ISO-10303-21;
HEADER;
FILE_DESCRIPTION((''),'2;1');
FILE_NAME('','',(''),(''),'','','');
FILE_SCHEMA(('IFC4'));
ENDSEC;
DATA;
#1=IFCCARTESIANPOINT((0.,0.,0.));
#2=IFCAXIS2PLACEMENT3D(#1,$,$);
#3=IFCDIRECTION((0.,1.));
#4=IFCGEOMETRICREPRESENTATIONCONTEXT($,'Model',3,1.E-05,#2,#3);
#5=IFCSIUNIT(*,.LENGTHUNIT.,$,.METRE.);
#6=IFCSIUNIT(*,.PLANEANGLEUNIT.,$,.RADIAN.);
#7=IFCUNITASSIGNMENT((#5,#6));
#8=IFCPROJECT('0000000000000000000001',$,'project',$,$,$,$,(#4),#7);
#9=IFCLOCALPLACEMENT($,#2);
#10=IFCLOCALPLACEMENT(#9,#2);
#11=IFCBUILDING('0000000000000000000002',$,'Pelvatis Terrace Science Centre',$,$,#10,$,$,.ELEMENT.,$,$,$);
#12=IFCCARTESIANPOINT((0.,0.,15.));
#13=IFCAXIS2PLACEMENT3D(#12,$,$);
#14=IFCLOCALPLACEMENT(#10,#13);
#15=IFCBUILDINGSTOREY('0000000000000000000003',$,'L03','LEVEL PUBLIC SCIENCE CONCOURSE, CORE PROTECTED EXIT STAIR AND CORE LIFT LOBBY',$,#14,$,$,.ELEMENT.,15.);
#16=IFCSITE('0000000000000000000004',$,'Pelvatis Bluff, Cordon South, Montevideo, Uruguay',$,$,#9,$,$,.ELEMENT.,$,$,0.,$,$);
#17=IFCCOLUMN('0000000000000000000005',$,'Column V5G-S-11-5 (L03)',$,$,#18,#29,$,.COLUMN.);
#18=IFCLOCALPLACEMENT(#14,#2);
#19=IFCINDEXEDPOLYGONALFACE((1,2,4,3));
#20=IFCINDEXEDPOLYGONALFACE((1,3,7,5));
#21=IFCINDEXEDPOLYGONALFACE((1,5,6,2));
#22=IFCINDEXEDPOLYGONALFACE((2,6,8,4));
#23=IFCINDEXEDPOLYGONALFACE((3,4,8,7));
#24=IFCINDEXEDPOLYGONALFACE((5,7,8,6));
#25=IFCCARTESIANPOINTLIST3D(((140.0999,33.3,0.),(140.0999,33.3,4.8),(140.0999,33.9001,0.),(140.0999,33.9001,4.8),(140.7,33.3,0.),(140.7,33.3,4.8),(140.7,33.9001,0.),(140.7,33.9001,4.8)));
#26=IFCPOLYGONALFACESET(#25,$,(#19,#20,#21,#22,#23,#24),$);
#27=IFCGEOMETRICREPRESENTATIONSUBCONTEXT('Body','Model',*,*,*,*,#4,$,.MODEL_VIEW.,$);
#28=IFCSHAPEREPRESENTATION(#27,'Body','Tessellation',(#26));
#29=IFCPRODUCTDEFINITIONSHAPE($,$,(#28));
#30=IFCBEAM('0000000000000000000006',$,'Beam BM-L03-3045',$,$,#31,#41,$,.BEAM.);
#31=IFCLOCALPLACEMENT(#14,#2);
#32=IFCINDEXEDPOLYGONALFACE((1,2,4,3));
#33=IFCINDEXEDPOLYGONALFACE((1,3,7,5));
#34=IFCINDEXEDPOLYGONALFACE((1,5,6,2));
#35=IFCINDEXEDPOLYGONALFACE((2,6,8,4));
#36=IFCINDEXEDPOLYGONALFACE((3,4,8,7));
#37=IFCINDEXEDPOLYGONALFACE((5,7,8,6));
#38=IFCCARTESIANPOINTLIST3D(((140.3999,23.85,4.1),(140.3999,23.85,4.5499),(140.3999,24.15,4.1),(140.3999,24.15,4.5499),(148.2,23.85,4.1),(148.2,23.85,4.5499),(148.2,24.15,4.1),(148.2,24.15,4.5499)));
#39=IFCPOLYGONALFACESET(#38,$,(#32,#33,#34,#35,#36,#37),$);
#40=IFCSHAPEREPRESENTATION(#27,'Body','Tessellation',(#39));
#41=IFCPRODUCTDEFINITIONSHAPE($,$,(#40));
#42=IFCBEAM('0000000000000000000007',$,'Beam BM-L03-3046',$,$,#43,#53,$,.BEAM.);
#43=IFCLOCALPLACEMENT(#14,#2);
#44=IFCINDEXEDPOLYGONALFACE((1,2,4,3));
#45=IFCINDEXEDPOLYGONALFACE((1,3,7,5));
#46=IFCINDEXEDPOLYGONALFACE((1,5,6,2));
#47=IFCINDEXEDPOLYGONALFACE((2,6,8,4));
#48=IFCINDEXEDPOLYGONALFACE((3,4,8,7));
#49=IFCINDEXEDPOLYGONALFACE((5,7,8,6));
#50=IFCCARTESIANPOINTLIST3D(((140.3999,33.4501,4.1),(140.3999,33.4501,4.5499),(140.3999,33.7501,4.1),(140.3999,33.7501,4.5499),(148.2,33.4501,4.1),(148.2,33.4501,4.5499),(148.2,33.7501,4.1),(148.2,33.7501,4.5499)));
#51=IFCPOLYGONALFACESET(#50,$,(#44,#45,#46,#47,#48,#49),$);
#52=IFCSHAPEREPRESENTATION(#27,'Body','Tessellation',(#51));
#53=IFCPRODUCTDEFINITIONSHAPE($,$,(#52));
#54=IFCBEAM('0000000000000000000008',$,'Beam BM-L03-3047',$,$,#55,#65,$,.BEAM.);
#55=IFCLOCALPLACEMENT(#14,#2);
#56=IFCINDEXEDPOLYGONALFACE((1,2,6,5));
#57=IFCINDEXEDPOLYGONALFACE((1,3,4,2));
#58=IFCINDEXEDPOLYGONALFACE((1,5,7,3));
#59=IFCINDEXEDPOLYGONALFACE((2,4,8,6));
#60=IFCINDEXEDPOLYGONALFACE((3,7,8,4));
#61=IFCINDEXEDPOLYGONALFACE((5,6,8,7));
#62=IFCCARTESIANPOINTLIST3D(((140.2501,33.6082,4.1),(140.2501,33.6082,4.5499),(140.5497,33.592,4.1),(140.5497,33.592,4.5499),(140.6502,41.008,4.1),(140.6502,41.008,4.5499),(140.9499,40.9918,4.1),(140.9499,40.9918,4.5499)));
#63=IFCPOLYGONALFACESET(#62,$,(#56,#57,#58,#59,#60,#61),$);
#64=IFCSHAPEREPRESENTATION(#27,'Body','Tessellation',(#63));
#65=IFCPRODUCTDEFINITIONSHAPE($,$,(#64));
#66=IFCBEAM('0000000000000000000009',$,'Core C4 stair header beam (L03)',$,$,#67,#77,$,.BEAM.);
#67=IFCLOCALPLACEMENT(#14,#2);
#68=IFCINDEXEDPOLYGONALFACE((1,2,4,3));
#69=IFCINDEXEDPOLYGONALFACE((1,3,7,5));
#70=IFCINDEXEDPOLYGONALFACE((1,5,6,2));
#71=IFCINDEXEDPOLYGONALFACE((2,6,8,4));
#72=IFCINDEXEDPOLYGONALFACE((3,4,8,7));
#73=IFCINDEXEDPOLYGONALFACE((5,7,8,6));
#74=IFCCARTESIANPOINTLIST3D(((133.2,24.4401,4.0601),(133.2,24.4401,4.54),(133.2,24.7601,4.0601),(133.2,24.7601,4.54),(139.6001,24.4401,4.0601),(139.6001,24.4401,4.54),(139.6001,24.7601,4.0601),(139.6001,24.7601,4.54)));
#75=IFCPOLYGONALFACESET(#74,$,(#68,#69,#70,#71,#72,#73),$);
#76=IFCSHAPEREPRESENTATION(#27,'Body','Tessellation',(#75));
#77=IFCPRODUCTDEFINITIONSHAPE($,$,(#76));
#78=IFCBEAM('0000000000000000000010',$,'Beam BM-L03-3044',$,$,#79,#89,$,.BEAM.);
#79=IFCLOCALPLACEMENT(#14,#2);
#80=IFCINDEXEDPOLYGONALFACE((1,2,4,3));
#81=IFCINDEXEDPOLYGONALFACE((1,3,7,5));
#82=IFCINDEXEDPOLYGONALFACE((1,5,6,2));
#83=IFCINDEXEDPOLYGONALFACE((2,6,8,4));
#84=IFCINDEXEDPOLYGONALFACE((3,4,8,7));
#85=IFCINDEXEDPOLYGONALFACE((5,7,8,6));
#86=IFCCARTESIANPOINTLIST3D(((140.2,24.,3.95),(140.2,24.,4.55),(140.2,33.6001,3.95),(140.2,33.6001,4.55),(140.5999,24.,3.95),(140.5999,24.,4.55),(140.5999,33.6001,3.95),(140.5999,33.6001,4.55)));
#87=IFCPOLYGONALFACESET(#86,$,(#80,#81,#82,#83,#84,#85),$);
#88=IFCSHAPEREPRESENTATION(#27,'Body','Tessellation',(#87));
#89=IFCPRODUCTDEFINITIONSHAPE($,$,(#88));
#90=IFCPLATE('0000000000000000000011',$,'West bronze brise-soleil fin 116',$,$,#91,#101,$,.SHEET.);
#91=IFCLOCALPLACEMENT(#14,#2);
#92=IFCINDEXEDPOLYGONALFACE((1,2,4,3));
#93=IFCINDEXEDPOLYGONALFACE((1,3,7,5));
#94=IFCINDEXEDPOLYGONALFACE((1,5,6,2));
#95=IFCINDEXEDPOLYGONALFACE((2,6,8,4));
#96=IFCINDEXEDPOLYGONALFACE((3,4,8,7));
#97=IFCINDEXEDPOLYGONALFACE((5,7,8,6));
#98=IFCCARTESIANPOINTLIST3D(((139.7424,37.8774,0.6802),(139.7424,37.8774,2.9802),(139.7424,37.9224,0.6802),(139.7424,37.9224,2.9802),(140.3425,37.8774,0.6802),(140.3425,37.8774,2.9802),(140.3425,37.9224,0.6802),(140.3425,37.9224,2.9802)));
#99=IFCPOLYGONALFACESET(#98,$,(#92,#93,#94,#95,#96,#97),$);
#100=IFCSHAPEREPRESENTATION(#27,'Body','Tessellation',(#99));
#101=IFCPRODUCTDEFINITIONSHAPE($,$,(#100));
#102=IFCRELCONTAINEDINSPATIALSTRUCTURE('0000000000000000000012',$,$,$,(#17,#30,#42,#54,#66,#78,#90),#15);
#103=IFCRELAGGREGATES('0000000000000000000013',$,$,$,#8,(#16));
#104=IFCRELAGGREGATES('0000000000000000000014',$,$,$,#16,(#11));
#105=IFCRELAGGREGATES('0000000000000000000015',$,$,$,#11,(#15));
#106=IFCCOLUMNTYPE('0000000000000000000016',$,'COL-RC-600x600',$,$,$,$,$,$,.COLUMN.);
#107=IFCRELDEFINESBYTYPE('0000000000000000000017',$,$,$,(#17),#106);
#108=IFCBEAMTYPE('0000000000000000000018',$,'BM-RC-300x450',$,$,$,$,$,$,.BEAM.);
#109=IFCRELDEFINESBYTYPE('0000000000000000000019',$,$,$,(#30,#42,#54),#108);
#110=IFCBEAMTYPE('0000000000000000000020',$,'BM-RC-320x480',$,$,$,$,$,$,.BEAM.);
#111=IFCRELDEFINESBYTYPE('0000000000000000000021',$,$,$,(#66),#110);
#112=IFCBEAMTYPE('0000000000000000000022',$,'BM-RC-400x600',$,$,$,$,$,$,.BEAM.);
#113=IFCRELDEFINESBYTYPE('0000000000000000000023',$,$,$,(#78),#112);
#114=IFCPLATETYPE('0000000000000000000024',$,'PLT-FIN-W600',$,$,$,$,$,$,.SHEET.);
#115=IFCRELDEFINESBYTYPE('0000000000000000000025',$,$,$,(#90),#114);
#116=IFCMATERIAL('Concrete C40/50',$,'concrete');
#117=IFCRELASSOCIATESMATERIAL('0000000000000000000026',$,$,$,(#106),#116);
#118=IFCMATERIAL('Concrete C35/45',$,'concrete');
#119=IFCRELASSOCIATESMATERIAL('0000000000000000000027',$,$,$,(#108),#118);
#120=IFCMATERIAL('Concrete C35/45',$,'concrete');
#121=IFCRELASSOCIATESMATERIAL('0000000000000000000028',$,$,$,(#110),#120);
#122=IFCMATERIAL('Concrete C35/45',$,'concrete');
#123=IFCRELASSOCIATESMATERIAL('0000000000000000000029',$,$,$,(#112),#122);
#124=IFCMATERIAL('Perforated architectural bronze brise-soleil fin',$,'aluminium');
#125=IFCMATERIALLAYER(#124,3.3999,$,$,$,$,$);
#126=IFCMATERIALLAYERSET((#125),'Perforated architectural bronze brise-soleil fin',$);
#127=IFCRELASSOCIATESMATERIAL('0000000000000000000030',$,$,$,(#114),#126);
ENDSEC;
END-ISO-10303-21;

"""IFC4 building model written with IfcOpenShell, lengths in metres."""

from ifc_helpers import new_model, si_unit, direction, frame, origin, origin_2d, place, context, subcontext, project, spatial, rectangle, extrude, material, layer, layer_set, material_profile, profile_set, type_object, element, save


model = new_model("IFC4")

# Units and contexts
model_context = context("Model", 3, precision=1e-05, world=origin(), true_north=direction((0.0, 1.0)))
body_context = subcontext(model_context, "Body", "Model", "MODEL_VIEW")
ifc_project = project(units=[si_unit("LENGTHUNIT", "METRE"), si_unit("PLANEANGLEUNIT", "RADIAN")], contexts=[model_context])

# Site, building, storey
site_placement = place(None, origin())
site = spatial("IfcSite", under=ifc_project, at=site_placement, Name="Pelvatis Bluff, Cordon South, Montevideo, Uruguay", CompositionType="ELEMENT", RefElevation=0.0)
building_placement = place(site_placement, origin())
building = spatial("IfcBuilding", under=site, at=building_placement, Name="Pelvatis Terrace Science Centre", CompositionType="ELEMENT")
storey_placement = place(building_placement, frame((0.0, 0.0, 15.0)))
storey = spatial("IfcBuildingStorey", under=building, at=storey_placement, Name="L03", Description="LEVEL PUBLIC SCIENCE CONCOURSE, CORE PROTECTED EXIT STAIR AND CORE LIFT LOBBY", CompositionType="ELEMENT", Elevation=15.0)

# Column
ifc_material_1 = material(Name="Concrete C40/50", Category="concrete")
ifc_material_profile_1 = material_profile(ifc_material_1, rectangle(XDim=0.6001, YDim=0.6001, at=origin_2d()), Name="RC-COL 600x600")
ifc_profile_set_1 = profile_set([ifc_material_profile_1], Name="Concrete C40/50")
column_type = type_object("IfcColumnType", Name="COL-RC-600x600", PredefinedType="COLUMN", material=ifc_profile_set_1)
column_placement = place(storey_placement, frame((140.3999, 33.6001, 0.0), z_axis=(0.0, 0.0, 1.0), x_axis=(1.0, 0.0, 0.0)))
element("IfcColumn", 1, at=column_placement, inside=storey, type_object=column_type, Name="Column V5G-S-11-5 (L03)", PredefinedType="COLUMN", context=body_context, shape_type="SweptSolid", body=[
    extrude(rectangle(XDim=0.6001, YDim=0.6001, at=origin_2d()), origin(), (0.0, 0.0, 1.0), 4.8),
])

# Beams
ifc_material_2 = material(Name="Concrete C35/45", Category="concrete")
ifc_material_profile_2 = material_profile(ifc_material_2, rectangle(XDim=0.3, YDim=0.45, at=origin_2d()), Name="RC-BM 300x450")
ifc_profile_set_2 = profile_set([ifc_material_profile_2], Name="Concrete C35/45")
beam_type_1 = type_object("IfcBeamType", Name="BM-RC-300x450", PredefinedType="BEAM", material=ifc_profile_set_2)
for number, where, z_axis, x_axis, name in (
    (2, (140.3999, 24.0, 4.325), (1.0, 0.0, 0.0), (0.0, 1.0, 0.0), "Beam BM-L03-3045"),
    (3, (140.3999, 33.6001, 4.325), (1.0, 0.0, 0.0), (0.0, 1.0, 0.0), "Beam BM-L03-3046"),
):
    element("IfcBeam", number, at=place(storey_placement, frame(where, z_axis=z_axis, x_axis=x_axis)), inside=storey, type_object=beam_type_1, Name=name, PredefinedType="BEAM", context=body_context, shape_type="SweptSolid", body=[
        extrude(rectangle(XDim=0.3, YDim=0.45, at=origin_2d()), origin(), (0.0, 0.0, 1.0), 7.8),
    ])
beam_1_placement = place(storey_placement, frame((140.3999, 33.6001, 4.325), z_axis=(0.053996, 0.998541, 0.0), x_axis=(-0.998541, 0.053996, 0.0)))
element("IfcBeam", 4, at=beam_1_placement, inside=storey, type_object=beam_type_1, Name="Beam BM-L03-3047", PredefinedType="BEAM", context=body_context, shape_type="SweptSolid", body=[
    extrude(rectangle(XDim=0.3, YDim=0.45, at=origin_2d()), origin(), (0.0, 0.0, 1.0), 7.4106),
])
ifc_material_3 = material(Name="Concrete C35/45", Category="concrete")
ifc_material_profile_3 = material_profile(ifc_material_3, rectangle(XDim=0.3201, YDim=0.48, at=origin_2d()), Name="RC-BM 320x480")
ifc_profile_set_3 = profile_set([ifc_material_profile_3], Name="Concrete C35/45")
beam_type_2 = type_object("IfcBeamType", Name="BM-RC-320x480", PredefinedType="BEAM", material=ifc_profile_set_3)
beam_2_placement = place(storey_placement, frame((133.2, 24.6001, 4.3), z_axis=(1.0, 0.0, 0.0), x_axis=(0.0, 1.0, 0.0)))
element("IfcBeam", 5, at=beam_2_placement, inside=storey, type_object=beam_type_2, Name="Core C4 stair header beam (L03)", PredefinedType="BEAM", context=body_context, shape_type="SweptSolid", body=[
    extrude(rectangle(XDim=0.3201, YDim=0.48, at=origin_2d()), origin(), (0.0, 0.0, 1.0), 6.4001),
])
ifc_material_4 = material(Name="Concrete C35/45", Category="concrete")
ifc_material_profile_4 = material_profile(ifc_material_4, rectangle(XDim=0.3999, YDim=0.6001, at=origin_2d()), Name="RC-BM 400x600")
ifc_profile_set_4 = profile_set([ifc_material_profile_4], Name="Concrete C35/45")
beam_type_3 = type_object("IfcBeamType", Name="BM-RC-400x600", PredefinedType="BEAM", material=ifc_profile_set_4)
beam_3_placement = place(storey_placement, frame((140.3999, 24.0, 4.25), z_axis=(0.0, 1.0, 0.0), x_axis=(-1.0, 0.0, 0.0)))
element("IfcBeam", 6, at=beam_3_placement, inside=storey, type_object=beam_type_3, Name="Beam BM-L03-3044", PredefinedType="BEAM", context=body_context, shape_type="SweptSolid", body=[
    extrude(rectangle(XDim=0.3999, YDim=0.6001, at=origin_2d()), origin(), (0.0, 0.0, 1.0), 9.6001),
])

# Plate
ifc_material_5 = material(Name="Perforated architectural bronze brise-soleil fin", Category="aluminium")
ifc_layer_1 = layer(ifc_material_5, 3.3999)
ifc_layer_set_1 = layer_set([ifc_layer_1], Name="Perforated architectural bronze brise-soleil fin")
plate_type = type_object("IfcPlateType", Name="PLT-FIN-W600", PredefinedType="SHEET", material=ifc_layer_set_1)
plate_placement = place(storey_placement, frame((140.0425, 37.8999, 0.6802), z_axis=(0.0, 0.0, 1.0), x_axis=(1.0, 0.0, 0.0)))
element("IfcPlate", 7, at=plate_placement, inside=storey, type_object=plate_type, Name="West bronze brise-soleil fin 116", PredefinedType="SHEET", context=body_context, shape_type="SweptSolid", body=[
    extrude(rectangle(XDim=0.6001, YDim=0.0449, at=origin_2d()), origin(), (0.0, 0.0, 1.0), 2.3),
])

save(model, "model.ifc")
